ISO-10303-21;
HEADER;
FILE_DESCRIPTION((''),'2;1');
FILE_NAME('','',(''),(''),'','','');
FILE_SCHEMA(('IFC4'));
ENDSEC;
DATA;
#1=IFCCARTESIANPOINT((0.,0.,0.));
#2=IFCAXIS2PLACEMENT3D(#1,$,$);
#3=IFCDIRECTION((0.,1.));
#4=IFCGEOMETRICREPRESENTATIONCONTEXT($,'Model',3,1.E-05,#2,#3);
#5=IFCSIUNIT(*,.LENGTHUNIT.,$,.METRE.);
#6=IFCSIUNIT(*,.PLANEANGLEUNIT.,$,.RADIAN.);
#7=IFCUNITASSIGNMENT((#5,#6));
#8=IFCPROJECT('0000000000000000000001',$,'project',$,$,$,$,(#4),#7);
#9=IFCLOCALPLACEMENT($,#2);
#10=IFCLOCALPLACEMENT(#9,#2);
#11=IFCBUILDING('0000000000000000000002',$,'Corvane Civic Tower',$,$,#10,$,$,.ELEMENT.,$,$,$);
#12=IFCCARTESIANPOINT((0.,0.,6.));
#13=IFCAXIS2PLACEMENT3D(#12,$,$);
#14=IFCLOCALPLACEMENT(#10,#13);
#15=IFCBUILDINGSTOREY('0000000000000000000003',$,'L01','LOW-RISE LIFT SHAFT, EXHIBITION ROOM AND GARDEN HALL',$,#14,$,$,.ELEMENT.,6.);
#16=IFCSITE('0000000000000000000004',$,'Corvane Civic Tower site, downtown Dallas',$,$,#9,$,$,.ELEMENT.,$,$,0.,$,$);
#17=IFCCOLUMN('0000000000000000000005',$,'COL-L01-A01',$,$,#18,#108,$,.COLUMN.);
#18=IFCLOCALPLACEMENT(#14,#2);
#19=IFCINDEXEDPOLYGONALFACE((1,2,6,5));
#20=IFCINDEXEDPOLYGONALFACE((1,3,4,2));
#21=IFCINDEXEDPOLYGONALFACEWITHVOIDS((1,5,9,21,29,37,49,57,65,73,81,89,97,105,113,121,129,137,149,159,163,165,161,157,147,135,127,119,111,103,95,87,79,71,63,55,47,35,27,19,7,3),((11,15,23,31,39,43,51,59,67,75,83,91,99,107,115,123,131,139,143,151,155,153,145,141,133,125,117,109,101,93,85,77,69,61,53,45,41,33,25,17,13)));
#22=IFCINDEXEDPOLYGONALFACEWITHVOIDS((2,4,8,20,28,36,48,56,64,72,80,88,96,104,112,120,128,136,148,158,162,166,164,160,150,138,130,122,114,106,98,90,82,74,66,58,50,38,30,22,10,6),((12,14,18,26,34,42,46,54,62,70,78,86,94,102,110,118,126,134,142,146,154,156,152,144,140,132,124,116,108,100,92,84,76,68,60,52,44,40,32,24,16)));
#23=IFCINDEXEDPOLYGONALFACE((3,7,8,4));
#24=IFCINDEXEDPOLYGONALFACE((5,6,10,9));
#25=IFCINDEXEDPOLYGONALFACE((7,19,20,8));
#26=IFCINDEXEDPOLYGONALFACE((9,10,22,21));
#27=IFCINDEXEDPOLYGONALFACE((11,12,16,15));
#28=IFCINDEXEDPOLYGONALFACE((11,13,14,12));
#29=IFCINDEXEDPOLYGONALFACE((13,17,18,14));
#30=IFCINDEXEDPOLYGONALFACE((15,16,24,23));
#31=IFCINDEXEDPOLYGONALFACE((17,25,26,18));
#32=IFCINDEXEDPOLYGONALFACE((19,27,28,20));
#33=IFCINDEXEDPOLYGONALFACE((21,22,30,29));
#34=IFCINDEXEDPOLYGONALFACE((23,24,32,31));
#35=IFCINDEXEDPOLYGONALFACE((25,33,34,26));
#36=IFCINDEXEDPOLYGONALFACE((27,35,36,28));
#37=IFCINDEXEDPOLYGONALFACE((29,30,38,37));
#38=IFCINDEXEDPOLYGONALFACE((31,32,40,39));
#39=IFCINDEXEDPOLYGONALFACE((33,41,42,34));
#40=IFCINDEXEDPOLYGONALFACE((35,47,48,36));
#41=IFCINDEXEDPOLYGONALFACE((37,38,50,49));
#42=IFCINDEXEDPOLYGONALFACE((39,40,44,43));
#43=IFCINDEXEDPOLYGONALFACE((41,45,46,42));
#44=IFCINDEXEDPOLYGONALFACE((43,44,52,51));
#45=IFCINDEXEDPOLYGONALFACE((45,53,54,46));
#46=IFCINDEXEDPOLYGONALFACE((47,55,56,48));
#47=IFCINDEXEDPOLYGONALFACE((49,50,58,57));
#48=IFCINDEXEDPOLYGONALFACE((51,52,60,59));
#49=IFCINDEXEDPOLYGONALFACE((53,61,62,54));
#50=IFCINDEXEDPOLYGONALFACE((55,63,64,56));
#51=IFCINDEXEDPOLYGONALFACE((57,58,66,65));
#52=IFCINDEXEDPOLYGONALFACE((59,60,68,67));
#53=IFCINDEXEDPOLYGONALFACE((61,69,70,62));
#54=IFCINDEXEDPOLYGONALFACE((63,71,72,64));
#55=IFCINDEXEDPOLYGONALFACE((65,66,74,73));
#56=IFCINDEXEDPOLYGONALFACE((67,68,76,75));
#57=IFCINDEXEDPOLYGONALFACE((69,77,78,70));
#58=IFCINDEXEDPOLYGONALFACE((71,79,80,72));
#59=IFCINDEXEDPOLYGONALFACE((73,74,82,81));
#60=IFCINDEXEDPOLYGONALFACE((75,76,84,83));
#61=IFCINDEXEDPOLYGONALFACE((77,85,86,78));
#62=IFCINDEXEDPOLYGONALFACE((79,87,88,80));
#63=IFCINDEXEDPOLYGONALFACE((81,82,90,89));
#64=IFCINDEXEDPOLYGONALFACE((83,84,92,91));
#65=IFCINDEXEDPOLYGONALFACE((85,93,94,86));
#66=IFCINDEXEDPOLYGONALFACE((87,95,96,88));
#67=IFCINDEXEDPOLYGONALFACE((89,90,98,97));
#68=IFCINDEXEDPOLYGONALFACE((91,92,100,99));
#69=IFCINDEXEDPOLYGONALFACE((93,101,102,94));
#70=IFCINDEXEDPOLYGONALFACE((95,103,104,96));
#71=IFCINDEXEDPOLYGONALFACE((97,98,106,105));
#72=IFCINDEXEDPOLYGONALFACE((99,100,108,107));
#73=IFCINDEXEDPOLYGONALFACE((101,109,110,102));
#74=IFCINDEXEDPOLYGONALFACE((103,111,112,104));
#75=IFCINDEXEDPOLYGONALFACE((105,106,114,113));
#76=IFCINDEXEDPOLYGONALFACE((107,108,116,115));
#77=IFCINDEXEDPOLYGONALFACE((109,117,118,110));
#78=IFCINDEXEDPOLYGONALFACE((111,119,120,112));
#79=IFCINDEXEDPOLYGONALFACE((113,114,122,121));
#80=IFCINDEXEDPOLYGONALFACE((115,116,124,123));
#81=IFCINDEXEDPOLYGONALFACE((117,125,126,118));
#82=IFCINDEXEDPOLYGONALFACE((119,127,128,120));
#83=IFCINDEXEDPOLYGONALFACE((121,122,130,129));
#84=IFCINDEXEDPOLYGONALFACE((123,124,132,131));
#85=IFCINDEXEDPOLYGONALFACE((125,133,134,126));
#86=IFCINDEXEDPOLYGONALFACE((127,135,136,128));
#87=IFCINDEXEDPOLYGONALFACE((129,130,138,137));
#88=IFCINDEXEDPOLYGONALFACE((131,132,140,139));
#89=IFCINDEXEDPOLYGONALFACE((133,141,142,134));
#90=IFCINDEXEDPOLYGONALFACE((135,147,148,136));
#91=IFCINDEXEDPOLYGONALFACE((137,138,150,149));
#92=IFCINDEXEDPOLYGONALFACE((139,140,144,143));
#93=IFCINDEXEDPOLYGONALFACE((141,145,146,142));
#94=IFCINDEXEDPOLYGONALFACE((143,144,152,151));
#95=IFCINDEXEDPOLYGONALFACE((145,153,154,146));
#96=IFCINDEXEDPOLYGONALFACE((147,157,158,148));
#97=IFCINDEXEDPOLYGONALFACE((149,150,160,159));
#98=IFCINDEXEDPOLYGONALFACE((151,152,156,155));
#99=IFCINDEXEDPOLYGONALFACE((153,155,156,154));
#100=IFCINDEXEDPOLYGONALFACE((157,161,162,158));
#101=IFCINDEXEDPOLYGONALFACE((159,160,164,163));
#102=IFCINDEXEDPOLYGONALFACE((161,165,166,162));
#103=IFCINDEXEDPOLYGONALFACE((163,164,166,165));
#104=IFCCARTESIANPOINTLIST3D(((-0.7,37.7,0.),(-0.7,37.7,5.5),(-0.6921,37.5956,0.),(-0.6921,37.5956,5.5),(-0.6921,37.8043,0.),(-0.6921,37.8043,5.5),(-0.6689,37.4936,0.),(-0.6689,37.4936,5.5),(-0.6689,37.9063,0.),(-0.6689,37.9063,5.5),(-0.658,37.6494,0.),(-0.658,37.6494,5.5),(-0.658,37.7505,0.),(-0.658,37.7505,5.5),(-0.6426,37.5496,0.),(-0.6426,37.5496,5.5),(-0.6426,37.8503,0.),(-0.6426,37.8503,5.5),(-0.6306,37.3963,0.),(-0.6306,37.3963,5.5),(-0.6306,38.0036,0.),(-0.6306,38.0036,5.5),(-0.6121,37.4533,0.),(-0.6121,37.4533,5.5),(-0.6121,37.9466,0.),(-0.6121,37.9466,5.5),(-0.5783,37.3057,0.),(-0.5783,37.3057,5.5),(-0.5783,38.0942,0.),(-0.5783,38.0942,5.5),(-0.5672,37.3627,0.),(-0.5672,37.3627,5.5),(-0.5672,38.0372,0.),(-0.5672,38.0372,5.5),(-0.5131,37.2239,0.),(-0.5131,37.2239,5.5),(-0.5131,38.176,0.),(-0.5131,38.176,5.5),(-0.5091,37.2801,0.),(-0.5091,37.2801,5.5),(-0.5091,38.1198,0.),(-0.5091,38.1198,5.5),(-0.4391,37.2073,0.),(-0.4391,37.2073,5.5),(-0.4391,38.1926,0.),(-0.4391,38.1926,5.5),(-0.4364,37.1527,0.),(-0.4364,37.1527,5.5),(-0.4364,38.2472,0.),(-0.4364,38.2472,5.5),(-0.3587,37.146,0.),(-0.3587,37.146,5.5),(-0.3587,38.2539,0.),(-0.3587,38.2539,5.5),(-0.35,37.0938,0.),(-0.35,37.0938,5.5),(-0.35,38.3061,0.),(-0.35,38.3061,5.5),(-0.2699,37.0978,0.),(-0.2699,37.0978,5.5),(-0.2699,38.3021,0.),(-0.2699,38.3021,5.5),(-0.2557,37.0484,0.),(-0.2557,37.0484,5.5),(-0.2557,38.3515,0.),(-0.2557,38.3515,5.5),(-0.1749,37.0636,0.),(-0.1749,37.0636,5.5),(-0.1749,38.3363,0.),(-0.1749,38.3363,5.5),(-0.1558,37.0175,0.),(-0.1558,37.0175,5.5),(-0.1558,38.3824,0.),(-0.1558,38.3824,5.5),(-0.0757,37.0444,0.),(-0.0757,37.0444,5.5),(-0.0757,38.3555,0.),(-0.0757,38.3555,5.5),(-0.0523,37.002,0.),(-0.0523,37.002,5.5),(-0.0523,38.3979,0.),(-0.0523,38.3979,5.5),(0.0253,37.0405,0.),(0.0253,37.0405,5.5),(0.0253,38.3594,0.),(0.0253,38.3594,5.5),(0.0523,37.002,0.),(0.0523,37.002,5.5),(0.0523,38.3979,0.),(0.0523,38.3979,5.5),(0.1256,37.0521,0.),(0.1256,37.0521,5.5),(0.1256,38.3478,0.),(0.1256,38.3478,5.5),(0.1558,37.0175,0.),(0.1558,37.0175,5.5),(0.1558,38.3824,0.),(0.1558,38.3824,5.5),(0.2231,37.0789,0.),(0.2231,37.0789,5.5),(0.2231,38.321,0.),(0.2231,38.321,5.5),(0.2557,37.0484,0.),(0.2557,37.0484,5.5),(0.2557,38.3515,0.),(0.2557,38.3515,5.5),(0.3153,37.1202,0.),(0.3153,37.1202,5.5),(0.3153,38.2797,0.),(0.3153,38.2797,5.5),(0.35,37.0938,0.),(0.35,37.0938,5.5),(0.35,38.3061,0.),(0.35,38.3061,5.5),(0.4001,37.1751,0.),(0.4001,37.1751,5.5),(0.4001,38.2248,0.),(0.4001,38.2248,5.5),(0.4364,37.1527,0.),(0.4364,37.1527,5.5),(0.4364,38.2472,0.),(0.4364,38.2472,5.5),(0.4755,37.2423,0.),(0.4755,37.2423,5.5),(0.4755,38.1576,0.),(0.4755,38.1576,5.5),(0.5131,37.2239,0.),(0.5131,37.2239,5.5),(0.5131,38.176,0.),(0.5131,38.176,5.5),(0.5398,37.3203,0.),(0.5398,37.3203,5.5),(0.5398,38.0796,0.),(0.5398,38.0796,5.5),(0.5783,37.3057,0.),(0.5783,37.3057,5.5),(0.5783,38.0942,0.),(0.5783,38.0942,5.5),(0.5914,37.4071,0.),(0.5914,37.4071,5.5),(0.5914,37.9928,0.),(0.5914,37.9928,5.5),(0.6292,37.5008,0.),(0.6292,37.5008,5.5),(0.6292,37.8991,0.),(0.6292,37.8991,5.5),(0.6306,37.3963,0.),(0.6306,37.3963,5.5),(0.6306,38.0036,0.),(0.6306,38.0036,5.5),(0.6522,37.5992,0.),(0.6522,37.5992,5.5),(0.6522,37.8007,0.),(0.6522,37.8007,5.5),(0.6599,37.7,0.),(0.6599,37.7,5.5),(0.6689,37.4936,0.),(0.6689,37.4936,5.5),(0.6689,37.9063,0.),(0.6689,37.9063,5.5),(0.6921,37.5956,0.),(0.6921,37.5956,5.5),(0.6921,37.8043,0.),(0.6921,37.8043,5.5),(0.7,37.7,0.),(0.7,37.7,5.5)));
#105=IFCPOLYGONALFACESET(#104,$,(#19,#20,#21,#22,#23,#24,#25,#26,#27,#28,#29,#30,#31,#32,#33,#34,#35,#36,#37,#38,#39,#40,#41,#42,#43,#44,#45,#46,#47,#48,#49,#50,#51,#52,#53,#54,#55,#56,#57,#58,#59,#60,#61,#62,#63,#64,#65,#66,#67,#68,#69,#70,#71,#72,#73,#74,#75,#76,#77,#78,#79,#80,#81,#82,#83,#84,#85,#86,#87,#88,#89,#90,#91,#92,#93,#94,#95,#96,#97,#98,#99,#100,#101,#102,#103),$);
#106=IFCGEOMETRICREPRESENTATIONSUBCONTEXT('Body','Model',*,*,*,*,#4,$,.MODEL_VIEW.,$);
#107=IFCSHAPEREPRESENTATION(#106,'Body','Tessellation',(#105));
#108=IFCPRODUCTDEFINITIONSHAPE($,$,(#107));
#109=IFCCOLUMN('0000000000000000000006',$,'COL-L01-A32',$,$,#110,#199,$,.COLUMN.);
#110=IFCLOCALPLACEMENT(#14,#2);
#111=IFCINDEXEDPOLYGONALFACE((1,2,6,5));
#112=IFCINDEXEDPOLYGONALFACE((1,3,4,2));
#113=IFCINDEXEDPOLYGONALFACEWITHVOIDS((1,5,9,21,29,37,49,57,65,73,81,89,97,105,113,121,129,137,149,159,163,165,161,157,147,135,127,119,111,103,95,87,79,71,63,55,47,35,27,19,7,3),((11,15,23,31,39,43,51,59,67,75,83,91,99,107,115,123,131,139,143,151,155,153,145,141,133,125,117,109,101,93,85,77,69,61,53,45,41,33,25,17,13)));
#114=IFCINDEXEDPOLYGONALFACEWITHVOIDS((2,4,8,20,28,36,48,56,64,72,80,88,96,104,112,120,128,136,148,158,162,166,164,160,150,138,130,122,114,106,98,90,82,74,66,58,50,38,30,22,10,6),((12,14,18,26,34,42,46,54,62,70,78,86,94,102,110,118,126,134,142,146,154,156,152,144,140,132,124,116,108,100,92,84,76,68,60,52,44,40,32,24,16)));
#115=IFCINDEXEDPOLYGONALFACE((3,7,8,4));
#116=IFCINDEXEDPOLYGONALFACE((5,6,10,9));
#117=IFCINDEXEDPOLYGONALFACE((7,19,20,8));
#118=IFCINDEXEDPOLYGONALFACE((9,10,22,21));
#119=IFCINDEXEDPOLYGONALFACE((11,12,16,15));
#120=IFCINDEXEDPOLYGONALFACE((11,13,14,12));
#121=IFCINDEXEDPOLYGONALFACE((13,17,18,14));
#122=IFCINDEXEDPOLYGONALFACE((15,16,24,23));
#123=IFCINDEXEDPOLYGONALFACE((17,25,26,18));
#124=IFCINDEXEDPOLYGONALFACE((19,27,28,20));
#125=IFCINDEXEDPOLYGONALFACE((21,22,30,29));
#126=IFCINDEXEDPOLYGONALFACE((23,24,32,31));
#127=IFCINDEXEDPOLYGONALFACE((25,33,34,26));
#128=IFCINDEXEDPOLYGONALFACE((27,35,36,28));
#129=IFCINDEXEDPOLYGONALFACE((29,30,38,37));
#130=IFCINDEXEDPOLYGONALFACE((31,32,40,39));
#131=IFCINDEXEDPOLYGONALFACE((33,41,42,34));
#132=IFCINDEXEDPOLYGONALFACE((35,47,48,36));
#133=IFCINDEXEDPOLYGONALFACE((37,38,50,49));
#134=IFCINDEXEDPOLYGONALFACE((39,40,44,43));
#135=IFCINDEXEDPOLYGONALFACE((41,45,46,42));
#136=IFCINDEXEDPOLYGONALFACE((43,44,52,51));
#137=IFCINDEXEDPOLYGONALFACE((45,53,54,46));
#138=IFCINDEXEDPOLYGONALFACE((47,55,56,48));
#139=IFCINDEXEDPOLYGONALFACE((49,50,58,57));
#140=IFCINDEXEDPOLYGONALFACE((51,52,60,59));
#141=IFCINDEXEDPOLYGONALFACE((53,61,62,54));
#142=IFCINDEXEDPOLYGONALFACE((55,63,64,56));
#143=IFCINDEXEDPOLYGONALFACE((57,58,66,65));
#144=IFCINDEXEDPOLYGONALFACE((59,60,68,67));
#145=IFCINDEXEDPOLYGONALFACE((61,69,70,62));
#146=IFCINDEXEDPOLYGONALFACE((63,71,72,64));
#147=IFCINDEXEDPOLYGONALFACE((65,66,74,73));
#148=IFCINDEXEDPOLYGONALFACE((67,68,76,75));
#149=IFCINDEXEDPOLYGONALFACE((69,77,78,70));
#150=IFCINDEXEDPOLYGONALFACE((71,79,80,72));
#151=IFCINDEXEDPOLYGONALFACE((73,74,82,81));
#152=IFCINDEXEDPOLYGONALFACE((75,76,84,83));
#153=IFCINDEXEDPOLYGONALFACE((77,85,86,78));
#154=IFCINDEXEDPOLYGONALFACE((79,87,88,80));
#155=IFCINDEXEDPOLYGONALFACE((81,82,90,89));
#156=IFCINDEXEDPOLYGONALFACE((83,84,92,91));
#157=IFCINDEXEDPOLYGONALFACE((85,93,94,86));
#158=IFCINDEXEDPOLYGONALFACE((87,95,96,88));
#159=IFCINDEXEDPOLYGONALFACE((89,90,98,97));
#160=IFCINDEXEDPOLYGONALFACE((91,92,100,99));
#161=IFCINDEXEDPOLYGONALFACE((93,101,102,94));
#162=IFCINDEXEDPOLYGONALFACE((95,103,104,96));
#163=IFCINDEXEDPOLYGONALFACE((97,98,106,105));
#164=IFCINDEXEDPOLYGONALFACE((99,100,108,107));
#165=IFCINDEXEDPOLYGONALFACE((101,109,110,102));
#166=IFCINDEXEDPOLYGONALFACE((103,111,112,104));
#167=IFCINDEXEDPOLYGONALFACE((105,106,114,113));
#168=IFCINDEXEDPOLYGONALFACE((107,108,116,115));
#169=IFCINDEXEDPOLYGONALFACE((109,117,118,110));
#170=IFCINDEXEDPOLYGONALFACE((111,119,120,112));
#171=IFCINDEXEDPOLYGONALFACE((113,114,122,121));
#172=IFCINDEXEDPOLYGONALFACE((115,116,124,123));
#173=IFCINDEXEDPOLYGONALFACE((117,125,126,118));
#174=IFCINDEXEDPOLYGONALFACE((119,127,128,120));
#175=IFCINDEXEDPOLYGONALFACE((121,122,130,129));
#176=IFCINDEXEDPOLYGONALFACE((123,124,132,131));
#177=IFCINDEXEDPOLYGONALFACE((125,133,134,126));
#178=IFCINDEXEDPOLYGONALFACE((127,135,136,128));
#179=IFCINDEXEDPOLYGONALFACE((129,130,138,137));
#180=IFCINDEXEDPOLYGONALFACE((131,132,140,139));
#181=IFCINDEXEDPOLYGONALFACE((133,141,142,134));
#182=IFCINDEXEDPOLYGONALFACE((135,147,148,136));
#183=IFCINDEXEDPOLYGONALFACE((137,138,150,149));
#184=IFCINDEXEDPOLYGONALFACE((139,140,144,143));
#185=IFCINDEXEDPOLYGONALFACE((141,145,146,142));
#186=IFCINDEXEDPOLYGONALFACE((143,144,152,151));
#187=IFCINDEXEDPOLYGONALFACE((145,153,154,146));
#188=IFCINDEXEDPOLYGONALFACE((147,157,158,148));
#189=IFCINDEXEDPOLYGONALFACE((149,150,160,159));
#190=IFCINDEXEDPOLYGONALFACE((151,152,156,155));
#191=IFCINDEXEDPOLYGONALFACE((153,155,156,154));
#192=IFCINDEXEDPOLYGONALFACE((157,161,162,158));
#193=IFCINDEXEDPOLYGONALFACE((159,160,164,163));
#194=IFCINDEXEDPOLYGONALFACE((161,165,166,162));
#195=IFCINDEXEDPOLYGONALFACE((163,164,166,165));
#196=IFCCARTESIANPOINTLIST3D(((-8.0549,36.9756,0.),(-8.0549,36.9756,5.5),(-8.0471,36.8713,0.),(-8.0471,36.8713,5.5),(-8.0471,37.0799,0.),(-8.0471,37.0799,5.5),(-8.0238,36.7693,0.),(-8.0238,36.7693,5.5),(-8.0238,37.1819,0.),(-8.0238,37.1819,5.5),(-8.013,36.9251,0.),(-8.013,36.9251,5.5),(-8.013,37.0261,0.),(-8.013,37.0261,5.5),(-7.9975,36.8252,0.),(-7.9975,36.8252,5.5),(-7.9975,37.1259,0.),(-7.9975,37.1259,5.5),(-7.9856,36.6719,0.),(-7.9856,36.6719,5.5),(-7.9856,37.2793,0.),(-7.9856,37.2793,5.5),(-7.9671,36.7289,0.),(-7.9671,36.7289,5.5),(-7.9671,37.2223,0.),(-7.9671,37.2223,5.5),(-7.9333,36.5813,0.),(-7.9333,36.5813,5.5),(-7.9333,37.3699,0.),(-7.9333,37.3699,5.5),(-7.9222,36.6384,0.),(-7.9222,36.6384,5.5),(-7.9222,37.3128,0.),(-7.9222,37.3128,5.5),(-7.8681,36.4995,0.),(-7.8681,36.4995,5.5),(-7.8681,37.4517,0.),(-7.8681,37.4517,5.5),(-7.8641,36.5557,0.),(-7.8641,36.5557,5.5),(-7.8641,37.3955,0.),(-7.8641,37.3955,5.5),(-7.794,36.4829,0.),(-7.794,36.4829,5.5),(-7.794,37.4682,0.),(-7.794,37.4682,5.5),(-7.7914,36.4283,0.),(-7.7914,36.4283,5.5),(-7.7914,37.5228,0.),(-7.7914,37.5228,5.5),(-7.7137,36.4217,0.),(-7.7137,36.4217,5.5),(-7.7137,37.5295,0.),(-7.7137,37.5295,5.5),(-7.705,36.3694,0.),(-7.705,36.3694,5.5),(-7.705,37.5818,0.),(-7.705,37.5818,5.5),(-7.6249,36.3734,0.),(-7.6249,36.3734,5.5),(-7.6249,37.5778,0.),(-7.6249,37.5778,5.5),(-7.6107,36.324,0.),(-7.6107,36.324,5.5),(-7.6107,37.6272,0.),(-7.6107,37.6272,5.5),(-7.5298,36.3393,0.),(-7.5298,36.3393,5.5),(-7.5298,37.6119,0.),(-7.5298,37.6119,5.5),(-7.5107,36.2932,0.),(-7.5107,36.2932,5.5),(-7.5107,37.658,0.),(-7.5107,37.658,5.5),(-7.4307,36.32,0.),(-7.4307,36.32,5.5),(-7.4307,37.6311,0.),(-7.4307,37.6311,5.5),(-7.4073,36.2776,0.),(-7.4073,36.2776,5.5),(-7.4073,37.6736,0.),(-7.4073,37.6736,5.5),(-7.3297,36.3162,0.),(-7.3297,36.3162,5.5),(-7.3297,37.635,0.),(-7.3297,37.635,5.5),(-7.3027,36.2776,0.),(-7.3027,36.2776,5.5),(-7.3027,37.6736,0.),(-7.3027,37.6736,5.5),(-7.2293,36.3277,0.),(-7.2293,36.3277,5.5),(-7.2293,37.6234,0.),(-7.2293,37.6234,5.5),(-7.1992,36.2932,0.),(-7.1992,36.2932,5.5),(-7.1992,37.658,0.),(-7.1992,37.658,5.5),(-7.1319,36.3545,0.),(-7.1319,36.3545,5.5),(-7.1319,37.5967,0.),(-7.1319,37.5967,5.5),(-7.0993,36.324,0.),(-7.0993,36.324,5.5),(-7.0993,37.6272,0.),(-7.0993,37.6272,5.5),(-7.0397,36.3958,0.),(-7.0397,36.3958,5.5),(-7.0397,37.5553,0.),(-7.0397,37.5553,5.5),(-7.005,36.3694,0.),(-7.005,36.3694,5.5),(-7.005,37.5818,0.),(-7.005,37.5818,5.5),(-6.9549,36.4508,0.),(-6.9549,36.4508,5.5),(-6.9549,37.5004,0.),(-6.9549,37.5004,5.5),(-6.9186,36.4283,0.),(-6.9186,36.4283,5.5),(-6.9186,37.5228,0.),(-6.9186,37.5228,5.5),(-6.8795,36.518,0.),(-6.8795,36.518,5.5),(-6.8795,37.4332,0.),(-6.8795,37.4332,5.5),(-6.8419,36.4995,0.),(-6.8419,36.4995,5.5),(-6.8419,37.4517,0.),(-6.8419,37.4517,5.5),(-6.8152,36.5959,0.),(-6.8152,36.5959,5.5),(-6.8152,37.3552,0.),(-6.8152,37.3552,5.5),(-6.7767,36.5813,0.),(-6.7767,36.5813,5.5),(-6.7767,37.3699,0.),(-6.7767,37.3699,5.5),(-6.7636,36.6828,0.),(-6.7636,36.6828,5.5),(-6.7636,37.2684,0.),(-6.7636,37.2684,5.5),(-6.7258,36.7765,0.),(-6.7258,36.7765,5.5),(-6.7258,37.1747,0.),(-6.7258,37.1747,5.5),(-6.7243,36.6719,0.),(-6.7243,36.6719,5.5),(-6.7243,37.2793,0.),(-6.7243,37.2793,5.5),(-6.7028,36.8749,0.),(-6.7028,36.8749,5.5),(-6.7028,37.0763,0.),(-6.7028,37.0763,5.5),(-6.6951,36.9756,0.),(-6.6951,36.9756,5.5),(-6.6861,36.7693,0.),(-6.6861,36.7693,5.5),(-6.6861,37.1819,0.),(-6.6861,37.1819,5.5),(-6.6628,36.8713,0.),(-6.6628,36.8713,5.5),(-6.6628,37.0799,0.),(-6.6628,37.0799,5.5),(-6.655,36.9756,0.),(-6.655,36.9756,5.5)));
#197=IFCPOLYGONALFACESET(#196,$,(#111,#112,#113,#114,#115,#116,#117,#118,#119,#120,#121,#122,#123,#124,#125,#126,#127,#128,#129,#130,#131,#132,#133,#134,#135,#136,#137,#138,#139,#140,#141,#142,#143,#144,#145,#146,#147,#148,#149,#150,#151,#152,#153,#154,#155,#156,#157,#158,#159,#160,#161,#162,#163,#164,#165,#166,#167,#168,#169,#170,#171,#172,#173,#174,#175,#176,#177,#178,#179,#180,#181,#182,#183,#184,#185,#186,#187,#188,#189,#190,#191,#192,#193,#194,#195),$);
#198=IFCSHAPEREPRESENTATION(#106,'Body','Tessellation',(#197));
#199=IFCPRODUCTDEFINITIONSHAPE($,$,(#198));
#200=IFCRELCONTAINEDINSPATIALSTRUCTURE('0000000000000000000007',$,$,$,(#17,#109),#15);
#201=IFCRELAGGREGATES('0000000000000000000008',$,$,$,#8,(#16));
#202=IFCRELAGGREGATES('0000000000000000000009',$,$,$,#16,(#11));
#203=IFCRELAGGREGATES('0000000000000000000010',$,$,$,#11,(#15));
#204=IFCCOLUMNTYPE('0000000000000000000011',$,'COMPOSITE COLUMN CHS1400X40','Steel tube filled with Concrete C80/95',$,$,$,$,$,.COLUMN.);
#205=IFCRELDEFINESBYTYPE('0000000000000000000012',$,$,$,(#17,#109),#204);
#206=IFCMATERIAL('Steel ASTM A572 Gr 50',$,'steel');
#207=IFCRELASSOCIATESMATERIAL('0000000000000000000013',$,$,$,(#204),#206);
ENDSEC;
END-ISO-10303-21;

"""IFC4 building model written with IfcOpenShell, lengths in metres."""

from ifc_helpers import new_model, si_unit, direction, frame, origin, origin_2d, place, context, subcontext, project, spatial, hollow_circle, extrude, material, material_profile, profile_set, type_object, element, save


model = new_model("IFC4")

# Units and contexts
model_context = context("Model", 3, precision=1e-05, world=origin(), true_north=direction((0.0, 1.0)))
body_context = subcontext(model_context, "Body", "Model", "MODEL_VIEW")
ifc_project = project(units=[si_unit("LENGTHUNIT", "METRE"), si_unit("PLANEANGLEUNIT", "RADIAN")], contexts=[model_context])

# Site, building, storey
site_placement = place(None, origin())
site = spatial("IfcSite", under=ifc_project, at=site_placement, Name="Corvane Civic Tower site, downtown Dallas", CompositionType="ELEMENT", RefElevation=0.0)
building_placement = place(site_placement, origin())
building = spatial("IfcBuilding", under=site, at=building_placement, Name="Corvane Civic Tower", CompositionType="ELEMENT")
storey_placement = place(building_placement, frame((0.0, 0.0, 6.0)))
storey = spatial("IfcBuildingStorey", under=building, at=storey_placement, Name="L01", Description="LOW-RISE LIFT SHAFT, EXHIBITION ROOM AND GARDEN HALL", CompositionType="ELEMENT", Elevation=6.0)

# Columns
ifc_material_1 = material(Name="Steel ASTM A572 Gr 50", Category="steel")
ifc_material_profile_1 = material_profile(ifc_material_1, hollow_circle(Radius=0.7, WallThickness=0.04, at=origin_2d()), Name="CHS1400X40")
ifc_profile_set_1 = profile_set([ifc_material_profile_1], Name="Steel ASTM A572 Gr 50")
column_type_1 = type_object("IfcColumnType", Name="COMPOSITE COLUMN CHS1400X40", Description="Steel tube filled with Concrete C80/95", PredefinedType="COLUMN", material=ifc_profile_set_1)
for number, where, z_axis, x_axis, name in (
    (1, (0.0, 37.7, 0.0), (0.0, 0.0, 1.0), (1.0, 0.0, 0.0), "COL-L01-A01"),
    (2, (-7.355, 36.9756, 0.0), (0.0, 0.0, 1.0), (1.0, 0.0, 0.0), "COL-L01-A32"),
):
    element("IfcColumn", number, at=place(storey_placement, frame(where, z_axis=z_axis, x_axis=x_axis)), inside=storey, type_object=column_type_1, Name=name, PredefinedType="COLUMN", context=body_context, shape_type="SweptSolid", body=[
        extrude(hollow_circle(Radius=0.7, WallThickness=0.04, at=origin_2d()), origin(), (0.0, 0.0, 1.0), 5.5),
    ])

save(model, "model.ifc")
